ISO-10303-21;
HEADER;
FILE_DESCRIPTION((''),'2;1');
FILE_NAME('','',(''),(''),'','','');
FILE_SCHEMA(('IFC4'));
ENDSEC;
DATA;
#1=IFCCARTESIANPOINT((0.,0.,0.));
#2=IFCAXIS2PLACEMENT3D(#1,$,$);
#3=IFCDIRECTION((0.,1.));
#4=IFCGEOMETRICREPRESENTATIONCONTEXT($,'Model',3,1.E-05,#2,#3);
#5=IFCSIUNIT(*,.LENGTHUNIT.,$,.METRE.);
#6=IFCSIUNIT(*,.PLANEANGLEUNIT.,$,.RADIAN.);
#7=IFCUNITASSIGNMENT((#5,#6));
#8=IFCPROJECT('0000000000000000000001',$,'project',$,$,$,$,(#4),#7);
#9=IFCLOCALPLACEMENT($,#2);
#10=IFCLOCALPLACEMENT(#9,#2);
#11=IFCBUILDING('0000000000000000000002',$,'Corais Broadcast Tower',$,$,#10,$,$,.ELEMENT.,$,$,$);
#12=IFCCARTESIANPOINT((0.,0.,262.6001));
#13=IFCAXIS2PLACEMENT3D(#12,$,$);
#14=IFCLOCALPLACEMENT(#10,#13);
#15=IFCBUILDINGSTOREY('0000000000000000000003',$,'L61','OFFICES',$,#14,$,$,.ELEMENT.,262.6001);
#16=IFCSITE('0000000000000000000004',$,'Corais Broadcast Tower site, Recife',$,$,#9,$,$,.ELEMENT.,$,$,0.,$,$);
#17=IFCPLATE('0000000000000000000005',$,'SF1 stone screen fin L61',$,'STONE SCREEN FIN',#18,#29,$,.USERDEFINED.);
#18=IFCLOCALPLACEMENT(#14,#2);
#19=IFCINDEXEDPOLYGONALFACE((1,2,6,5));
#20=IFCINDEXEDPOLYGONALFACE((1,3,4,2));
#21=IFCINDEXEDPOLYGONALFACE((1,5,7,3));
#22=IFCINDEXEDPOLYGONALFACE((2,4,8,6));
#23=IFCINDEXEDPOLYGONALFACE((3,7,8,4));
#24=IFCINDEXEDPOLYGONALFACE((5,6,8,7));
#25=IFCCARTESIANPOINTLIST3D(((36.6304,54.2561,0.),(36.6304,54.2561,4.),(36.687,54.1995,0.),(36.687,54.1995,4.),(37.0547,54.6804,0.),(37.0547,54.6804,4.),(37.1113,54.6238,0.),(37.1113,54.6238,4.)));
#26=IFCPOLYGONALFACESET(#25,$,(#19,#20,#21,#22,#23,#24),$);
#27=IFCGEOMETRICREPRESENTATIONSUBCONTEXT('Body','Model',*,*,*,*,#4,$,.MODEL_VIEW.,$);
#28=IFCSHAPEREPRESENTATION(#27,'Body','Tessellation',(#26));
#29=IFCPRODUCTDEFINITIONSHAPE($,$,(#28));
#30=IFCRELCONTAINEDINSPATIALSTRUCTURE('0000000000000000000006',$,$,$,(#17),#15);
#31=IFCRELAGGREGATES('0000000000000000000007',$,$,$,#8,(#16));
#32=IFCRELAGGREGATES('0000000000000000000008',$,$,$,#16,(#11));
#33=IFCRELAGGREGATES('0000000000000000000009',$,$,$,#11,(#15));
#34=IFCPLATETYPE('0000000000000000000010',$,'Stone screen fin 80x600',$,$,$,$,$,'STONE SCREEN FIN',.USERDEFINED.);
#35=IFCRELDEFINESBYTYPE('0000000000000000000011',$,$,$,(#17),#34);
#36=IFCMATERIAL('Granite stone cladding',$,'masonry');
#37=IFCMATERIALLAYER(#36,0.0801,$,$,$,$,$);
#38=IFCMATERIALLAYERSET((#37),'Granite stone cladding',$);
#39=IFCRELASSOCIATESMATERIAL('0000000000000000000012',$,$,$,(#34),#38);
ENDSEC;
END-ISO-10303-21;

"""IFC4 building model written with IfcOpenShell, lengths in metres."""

from ifc_helpers import new_model, si_unit, direction, frame, origin, origin_2d, place, context, subcontext, project, spatial, rectangle, extrude, material, layer, layer_set, type_object, element, save


model = new_model("IFC4")

# Units and contexts
model_context = context("Model", 3, precision=1e-05, world=origin(), true_north=direction((0.0, 1.0)))
body_context = subcontext(model_context, "Body", "Model", "MODEL_VIEW")
ifc_project = project(units=[si_unit("LENGTHUNIT", "METRE"), si_unit("PLANEANGLEUNIT", "RADIAN")], contexts=[model_context])

# Site, building, storey
site_placement = place(None, origin())
site = spatial("IfcSite", under=ifc_project, at=site_placement, Name="Corais Broadcast Tower site, Recife", CompositionType="ELEMENT", RefElevation=0.0)
building_placement = place(site_placement, origin())
building = spatial("IfcBuilding", under=site, at=building_placement, Name="Corais Broadcast Tower", CompositionType="ELEMENT")
storey_placement = place(building_placement, frame((0.0, 0.0, 262.6001)))
storey = spatial("IfcBuildingStorey", under=building, at=storey_placement, Name="L61", Description="OFFICES", CompositionType="ELEMENT", Elevation=262.6001)

# Plate
ifc_material_1 = material(Name="Granite stone cladding", Category="masonry")
ifc_layer_1 = layer(ifc_material_1, 0.0801)
ifc_layer_set_1 = layer_set([ifc_layer_1], Name="Granite stone cladding")
plate_type_1 = type_object("IfcPlateType", Name="Stone screen fin 80x600", ElementType="STONE SCREEN FIN", PredefinedType="USERDEFINED", material=ifc_layer_set_1)
plate_1_placement = place(storey_placement, frame((36.8708, 54.4399, 0.0), z_axis=(0.0, 0.0, 1.0), x_axis=(0.707107, -0.707107, 0.0)))
element("IfcPlate", 1, at=plate_1_placement, inside=storey, type_object=plate_type_1, Name="SF1 stone screen fin L61", ObjectType="STONE SCREEN FIN", PredefinedType="USERDEFINED", context=body_context, shape_type="SweptSolid", body=[
    extrude(rectangle(XDim=0.0801, YDim=0.6001, at=origin_2d()), origin(), (0.0, 0.0, 1.0), 4.0),
])

save(model, "model.ifc")
